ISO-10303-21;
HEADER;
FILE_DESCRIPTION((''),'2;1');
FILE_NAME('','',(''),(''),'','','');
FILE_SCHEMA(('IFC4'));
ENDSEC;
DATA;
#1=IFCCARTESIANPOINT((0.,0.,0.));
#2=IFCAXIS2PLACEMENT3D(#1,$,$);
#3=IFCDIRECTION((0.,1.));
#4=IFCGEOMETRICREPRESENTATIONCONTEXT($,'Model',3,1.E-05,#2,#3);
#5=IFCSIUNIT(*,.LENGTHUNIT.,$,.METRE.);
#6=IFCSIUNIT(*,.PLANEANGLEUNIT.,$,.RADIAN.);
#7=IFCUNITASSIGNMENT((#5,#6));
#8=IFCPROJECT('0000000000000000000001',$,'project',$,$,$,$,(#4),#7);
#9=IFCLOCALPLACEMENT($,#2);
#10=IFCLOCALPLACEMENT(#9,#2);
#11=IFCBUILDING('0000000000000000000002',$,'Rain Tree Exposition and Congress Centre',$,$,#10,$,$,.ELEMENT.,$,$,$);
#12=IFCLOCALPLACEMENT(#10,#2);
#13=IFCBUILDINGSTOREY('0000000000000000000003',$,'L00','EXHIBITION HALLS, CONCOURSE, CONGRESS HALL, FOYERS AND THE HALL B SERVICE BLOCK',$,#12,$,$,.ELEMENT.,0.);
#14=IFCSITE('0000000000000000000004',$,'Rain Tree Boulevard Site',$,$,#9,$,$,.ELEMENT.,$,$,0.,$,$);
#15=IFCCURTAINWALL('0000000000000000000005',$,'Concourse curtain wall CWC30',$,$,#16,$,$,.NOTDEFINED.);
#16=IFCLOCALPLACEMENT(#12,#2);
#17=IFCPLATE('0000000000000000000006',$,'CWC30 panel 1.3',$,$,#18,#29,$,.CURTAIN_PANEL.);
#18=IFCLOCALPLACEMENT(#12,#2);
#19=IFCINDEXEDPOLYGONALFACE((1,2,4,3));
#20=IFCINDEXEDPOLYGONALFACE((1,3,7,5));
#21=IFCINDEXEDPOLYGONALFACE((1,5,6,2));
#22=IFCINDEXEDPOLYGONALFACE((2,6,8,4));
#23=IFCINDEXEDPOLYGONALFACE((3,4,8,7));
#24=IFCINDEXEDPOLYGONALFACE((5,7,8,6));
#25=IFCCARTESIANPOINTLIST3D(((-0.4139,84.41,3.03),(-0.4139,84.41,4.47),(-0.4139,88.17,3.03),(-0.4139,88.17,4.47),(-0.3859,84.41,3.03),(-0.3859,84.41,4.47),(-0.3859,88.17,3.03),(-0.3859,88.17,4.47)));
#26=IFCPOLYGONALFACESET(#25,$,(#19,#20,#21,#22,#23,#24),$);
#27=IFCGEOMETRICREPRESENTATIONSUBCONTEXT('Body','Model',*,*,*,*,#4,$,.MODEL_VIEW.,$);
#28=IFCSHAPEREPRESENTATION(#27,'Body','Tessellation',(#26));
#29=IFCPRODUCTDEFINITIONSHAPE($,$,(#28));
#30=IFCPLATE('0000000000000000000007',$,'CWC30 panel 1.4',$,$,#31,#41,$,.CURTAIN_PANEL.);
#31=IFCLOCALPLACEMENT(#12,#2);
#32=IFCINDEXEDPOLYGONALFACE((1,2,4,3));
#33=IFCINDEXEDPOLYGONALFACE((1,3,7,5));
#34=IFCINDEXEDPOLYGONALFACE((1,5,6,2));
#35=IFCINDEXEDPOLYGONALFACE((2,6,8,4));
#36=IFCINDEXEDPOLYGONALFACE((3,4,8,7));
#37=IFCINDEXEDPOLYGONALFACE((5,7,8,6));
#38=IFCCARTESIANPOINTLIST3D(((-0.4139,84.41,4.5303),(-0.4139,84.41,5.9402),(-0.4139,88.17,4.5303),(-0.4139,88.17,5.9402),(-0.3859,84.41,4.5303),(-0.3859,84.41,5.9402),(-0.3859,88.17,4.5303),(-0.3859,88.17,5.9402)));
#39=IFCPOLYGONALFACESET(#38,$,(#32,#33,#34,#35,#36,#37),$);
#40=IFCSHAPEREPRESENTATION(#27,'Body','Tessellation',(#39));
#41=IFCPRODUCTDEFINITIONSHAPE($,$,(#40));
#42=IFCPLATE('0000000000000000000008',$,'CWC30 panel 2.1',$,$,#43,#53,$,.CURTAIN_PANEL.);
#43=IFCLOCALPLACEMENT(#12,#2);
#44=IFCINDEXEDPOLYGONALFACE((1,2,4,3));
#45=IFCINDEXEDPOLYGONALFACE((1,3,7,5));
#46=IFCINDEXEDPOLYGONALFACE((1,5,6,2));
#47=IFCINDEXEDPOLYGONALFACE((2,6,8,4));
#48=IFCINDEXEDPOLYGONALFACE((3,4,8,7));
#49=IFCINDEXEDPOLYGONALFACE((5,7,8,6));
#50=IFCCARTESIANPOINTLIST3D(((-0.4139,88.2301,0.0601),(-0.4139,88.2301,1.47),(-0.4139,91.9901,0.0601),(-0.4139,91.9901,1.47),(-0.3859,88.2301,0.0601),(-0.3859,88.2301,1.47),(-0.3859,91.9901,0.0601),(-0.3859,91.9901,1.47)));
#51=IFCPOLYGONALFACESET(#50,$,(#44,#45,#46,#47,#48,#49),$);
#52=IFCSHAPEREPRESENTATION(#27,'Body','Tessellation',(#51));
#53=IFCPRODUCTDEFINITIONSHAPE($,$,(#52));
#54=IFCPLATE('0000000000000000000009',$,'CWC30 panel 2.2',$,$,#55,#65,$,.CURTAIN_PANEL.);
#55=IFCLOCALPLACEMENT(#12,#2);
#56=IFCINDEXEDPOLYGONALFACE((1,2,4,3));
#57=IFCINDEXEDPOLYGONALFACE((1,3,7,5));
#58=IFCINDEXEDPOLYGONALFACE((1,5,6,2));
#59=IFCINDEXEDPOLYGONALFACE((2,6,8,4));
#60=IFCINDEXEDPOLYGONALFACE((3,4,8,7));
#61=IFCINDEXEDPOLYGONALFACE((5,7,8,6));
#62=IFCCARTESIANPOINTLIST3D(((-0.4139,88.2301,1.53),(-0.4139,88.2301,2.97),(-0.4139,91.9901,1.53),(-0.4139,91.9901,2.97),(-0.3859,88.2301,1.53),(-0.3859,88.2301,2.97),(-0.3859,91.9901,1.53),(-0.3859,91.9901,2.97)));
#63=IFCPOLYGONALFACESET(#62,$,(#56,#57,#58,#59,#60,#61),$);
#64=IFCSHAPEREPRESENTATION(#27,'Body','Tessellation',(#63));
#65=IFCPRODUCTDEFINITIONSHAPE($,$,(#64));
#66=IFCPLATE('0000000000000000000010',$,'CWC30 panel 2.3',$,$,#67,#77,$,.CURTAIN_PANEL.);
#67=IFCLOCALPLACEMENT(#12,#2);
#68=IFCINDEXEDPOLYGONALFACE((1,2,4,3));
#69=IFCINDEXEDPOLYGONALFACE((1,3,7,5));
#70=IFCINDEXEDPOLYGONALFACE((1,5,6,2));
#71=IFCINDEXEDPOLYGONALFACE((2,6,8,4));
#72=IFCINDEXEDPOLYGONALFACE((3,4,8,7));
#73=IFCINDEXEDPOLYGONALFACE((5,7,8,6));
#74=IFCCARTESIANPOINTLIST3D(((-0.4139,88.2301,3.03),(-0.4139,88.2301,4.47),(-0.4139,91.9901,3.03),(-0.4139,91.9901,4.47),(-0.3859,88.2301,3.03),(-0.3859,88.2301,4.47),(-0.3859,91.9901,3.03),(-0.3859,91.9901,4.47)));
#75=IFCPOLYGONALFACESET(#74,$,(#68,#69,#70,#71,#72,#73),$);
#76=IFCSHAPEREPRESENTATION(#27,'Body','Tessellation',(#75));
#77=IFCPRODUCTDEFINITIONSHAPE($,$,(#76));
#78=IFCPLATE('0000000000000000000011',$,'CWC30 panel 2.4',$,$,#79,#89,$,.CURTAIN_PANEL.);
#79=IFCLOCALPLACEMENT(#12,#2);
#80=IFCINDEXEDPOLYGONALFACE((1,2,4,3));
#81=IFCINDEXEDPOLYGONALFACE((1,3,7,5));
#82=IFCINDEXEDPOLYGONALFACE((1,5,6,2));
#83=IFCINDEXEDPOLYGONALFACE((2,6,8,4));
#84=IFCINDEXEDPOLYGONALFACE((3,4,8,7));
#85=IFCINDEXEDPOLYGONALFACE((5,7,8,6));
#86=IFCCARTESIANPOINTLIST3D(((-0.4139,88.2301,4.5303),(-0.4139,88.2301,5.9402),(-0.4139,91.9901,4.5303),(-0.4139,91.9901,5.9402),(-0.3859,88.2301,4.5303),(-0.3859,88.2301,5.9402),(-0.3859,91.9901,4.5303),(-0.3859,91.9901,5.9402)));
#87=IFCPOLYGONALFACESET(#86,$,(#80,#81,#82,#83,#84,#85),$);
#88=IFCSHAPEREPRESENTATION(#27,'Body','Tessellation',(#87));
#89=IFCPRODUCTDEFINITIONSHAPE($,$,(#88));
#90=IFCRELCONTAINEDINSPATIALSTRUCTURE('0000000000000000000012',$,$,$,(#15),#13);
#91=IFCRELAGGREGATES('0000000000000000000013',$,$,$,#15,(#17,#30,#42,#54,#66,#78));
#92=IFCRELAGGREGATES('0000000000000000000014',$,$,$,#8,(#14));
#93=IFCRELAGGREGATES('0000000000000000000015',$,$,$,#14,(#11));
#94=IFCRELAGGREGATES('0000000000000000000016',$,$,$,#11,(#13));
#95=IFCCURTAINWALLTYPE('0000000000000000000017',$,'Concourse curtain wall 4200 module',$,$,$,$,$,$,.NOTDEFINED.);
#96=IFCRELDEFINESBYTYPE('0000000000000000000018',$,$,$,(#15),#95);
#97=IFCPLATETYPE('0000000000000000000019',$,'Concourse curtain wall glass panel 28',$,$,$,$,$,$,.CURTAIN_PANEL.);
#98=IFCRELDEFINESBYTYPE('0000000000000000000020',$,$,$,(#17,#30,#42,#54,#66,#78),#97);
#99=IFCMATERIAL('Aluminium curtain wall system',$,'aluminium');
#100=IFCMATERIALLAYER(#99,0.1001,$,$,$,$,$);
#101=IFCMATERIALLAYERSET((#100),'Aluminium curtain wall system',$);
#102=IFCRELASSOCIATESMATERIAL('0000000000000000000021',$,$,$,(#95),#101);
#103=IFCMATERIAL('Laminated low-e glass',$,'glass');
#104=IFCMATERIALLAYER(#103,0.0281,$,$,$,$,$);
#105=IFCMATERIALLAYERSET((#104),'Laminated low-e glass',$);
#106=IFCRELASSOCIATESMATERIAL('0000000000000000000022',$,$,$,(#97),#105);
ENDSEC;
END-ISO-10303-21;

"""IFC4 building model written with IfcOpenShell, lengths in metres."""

from ifc_helpers import new_model, si_unit, direction, frame, origin, origin_2d, place, context, subcontext, project, spatial, rectangle, extrude, material, layer, layer_set, type_object, element, aggregate, save


model = new_model("IFC4")

# Units and contexts
model_context = context("Model", 3, precision=1e-05, world=origin(), true_north=direction((0.0, 1.0)))
body_context = subcontext(model_context, "Body", "Model", "MODEL_VIEW")
ifc_project = project(units=[si_unit("LENGTHUNIT", "METRE"), si_unit("PLANEANGLEUNIT", "RADIAN")], contexts=[model_context])

# Site, building, storey
site_placement = place(None, origin())
site = spatial("IfcSite", under=ifc_project, at=site_placement, Name="Rain Tree Boulevard Site", CompositionType="ELEMENT", RefElevation=0.0)
building_placement = place(site_placement, origin())
building = spatial("IfcBuilding", under=site, at=building_placement, Name="Rain Tree Exposition and Congress Centre", CompositionType="ELEMENT")
storey_placement = place(building_placement, origin())
storey = spatial("IfcBuildingStorey", under=building, at=storey_placement, Name="L00", Description="EXHIBITION HALLS, CONCOURSE, CONGRESS HALL, FOYERS AND THE HALL B SERVICE BLOCK", CompositionType="ELEMENT", Elevation=0.0)

# Shared definitions
ifc_material_1 = material(Name="Aluminium curtain wall system", Category="aluminium")
ifc_layer_1 = layer(ifc_material_1, 0.1001)
ifc_layer_set_1 = layer_set([ifc_layer_1], Name="Aluminium curtain wall system")
curtain_wall_type = type_object("IfcCurtainWallType", Name="Concourse curtain wall 4200 module", PredefinedType="NOTDEFINED", material=ifc_layer_set_1)

# Curtain wall
curtain_wall_1_placement = place(storey_placement, origin())
curtain_wall_1 = element("IfcCurtainWall", 1, at=curtain_wall_1_placement, inside=storey, type_object=curtain_wall_type, Name="Concourse curtain wall CWC30", PredefinedType="NOTDEFINED")

# Plates
ifc_material_2 = material(Name="Laminated low-e glass", Category="glass")
ifc_layer_2 = layer(ifc_material_2, 0.0281)
ifc_layer_set_2 = layer_set([ifc_layer_2], Name="Laminated low-e glass")
plate_type = type_object("IfcPlateType", Name="Concourse curtain wall glass panel 28", PredefinedType="CURTAIN_PANEL", material=ifc_layer_set_2)
plate_1_placement = place(storey_placement, frame((-0.3999, 86.29, 3.03), z_axis=(0.0, 0.0, 1.0), x_axis=(0.0, 1.0, 0.0)))
plate_1 = element("IfcPlate", 2, at=plate_1_placement, type_object=plate_type, Name="CWC30 panel 1.3", PredefinedType="CURTAIN_PANEL", context=body_context, shape_type="SweptSolid", body=[
    extrude(rectangle(XDim=3.76, YDim=0.0281, at=origin_2d()), origin(), (0.0, 0.0, 1.0), 1.4399),
])
plate_2_placement = place(storey_placement, frame((-0.3999, 86.29, 4.5303), z_axis=(0.0, 0.0, 1.0), x_axis=(0.0, 1.0, 0.0)))
plate_2 = element("IfcPlate", 3, at=plate_2_placement, type_object=plate_type, Name="CWC30 panel 1.4", PredefinedType="CURTAIN_PANEL", context=body_context, shape_type="SweptSolid", body=[
    extrude(rectangle(XDim=3.76, YDim=0.0281, at=origin_2d()), origin(), (0.0, 0.0, 1.0), 1.4099),
])
plate_3_placement = place(storey_placement, frame((-0.3999, 90.1101, 0.0601), z_axis=(0.0, 0.0, 1.0), x_axis=(0.0, 1.0, 0.0)))
plate_3 = element("IfcPlate", 4, at=plate_3_placement, type_object=plate_type, Name="CWC30 panel 2.1", PredefinedType="CURTAIN_PANEL", context=body_context, shape_type="SweptSolid", body=[
    extrude(rectangle(XDim=3.76, YDim=0.0281, at=origin_2d()), origin(), (0.0, 0.0, 1.0), 1.4099),
])
plate_4_placement = place(storey_placement, frame((-0.3999, 90.1101, 1.53), z_axis=(0.0, 0.0, 1.0), x_axis=(0.0, 1.0, 0.0)))
plate_4 = element("IfcPlate", 5, at=plate_4_placement, type_object=plate_type, Name="CWC30 panel 2.2", PredefinedType="CURTAIN_PANEL", context=body_context, shape_type="SweptSolid", body=[
    extrude(rectangle(XDim=3.76, YDim=0.0281, at=origin_2d()), origin(), (0.0, 0.0, 1.0), 1.4399),
])
plate_5_placement = place(storey_placement, frame((-0.3999, 90.1101, 3.03), z_axis=(0.0, 0.0, 1.0), x_axis=(0.0, 1.0, 0.0)))
plate_5 = element("IfcPlate", 6, at=plate_5_placement, type_object=plate_type, Name="CWC30 panel 2.3", PredefinedType="CURTAIN_PANEL", context=body_context, shape_type="SweptSolid", body=[
    extrude(rectangle(XDim=3.76, YDim=0.0281, at=origin_2d()), origin(), (0.0, 0.0, 1.0), 1.4399),
])
plate_6_placement = place(storey_placement, frame((-0.3999, 90.1101, 4.5303), z_axis=(0.0, 0.0, 1.0), x_axis=(0.0, 1.0, 0.0)))
plate_6 = element("IfcPlate", 7, at=plate_6_placement, type_object=plate_type, Name="CWC30 panel 2.4", PredefinedType="CURTAIN_PANEL", context=body_context, shape_type="SweptSolid", body=[
    extrude(rectangle(XDim=3.76, YDim=0.0281, at=origin_2d()), origin(), (0.0, 0.0, 1.0), 1.4099),
])
aggregate(curtain_wall_1, [plate_1, plate_2, plate_3, plate_4, plate_5, plate_6])

save(model, "model.ifc")
